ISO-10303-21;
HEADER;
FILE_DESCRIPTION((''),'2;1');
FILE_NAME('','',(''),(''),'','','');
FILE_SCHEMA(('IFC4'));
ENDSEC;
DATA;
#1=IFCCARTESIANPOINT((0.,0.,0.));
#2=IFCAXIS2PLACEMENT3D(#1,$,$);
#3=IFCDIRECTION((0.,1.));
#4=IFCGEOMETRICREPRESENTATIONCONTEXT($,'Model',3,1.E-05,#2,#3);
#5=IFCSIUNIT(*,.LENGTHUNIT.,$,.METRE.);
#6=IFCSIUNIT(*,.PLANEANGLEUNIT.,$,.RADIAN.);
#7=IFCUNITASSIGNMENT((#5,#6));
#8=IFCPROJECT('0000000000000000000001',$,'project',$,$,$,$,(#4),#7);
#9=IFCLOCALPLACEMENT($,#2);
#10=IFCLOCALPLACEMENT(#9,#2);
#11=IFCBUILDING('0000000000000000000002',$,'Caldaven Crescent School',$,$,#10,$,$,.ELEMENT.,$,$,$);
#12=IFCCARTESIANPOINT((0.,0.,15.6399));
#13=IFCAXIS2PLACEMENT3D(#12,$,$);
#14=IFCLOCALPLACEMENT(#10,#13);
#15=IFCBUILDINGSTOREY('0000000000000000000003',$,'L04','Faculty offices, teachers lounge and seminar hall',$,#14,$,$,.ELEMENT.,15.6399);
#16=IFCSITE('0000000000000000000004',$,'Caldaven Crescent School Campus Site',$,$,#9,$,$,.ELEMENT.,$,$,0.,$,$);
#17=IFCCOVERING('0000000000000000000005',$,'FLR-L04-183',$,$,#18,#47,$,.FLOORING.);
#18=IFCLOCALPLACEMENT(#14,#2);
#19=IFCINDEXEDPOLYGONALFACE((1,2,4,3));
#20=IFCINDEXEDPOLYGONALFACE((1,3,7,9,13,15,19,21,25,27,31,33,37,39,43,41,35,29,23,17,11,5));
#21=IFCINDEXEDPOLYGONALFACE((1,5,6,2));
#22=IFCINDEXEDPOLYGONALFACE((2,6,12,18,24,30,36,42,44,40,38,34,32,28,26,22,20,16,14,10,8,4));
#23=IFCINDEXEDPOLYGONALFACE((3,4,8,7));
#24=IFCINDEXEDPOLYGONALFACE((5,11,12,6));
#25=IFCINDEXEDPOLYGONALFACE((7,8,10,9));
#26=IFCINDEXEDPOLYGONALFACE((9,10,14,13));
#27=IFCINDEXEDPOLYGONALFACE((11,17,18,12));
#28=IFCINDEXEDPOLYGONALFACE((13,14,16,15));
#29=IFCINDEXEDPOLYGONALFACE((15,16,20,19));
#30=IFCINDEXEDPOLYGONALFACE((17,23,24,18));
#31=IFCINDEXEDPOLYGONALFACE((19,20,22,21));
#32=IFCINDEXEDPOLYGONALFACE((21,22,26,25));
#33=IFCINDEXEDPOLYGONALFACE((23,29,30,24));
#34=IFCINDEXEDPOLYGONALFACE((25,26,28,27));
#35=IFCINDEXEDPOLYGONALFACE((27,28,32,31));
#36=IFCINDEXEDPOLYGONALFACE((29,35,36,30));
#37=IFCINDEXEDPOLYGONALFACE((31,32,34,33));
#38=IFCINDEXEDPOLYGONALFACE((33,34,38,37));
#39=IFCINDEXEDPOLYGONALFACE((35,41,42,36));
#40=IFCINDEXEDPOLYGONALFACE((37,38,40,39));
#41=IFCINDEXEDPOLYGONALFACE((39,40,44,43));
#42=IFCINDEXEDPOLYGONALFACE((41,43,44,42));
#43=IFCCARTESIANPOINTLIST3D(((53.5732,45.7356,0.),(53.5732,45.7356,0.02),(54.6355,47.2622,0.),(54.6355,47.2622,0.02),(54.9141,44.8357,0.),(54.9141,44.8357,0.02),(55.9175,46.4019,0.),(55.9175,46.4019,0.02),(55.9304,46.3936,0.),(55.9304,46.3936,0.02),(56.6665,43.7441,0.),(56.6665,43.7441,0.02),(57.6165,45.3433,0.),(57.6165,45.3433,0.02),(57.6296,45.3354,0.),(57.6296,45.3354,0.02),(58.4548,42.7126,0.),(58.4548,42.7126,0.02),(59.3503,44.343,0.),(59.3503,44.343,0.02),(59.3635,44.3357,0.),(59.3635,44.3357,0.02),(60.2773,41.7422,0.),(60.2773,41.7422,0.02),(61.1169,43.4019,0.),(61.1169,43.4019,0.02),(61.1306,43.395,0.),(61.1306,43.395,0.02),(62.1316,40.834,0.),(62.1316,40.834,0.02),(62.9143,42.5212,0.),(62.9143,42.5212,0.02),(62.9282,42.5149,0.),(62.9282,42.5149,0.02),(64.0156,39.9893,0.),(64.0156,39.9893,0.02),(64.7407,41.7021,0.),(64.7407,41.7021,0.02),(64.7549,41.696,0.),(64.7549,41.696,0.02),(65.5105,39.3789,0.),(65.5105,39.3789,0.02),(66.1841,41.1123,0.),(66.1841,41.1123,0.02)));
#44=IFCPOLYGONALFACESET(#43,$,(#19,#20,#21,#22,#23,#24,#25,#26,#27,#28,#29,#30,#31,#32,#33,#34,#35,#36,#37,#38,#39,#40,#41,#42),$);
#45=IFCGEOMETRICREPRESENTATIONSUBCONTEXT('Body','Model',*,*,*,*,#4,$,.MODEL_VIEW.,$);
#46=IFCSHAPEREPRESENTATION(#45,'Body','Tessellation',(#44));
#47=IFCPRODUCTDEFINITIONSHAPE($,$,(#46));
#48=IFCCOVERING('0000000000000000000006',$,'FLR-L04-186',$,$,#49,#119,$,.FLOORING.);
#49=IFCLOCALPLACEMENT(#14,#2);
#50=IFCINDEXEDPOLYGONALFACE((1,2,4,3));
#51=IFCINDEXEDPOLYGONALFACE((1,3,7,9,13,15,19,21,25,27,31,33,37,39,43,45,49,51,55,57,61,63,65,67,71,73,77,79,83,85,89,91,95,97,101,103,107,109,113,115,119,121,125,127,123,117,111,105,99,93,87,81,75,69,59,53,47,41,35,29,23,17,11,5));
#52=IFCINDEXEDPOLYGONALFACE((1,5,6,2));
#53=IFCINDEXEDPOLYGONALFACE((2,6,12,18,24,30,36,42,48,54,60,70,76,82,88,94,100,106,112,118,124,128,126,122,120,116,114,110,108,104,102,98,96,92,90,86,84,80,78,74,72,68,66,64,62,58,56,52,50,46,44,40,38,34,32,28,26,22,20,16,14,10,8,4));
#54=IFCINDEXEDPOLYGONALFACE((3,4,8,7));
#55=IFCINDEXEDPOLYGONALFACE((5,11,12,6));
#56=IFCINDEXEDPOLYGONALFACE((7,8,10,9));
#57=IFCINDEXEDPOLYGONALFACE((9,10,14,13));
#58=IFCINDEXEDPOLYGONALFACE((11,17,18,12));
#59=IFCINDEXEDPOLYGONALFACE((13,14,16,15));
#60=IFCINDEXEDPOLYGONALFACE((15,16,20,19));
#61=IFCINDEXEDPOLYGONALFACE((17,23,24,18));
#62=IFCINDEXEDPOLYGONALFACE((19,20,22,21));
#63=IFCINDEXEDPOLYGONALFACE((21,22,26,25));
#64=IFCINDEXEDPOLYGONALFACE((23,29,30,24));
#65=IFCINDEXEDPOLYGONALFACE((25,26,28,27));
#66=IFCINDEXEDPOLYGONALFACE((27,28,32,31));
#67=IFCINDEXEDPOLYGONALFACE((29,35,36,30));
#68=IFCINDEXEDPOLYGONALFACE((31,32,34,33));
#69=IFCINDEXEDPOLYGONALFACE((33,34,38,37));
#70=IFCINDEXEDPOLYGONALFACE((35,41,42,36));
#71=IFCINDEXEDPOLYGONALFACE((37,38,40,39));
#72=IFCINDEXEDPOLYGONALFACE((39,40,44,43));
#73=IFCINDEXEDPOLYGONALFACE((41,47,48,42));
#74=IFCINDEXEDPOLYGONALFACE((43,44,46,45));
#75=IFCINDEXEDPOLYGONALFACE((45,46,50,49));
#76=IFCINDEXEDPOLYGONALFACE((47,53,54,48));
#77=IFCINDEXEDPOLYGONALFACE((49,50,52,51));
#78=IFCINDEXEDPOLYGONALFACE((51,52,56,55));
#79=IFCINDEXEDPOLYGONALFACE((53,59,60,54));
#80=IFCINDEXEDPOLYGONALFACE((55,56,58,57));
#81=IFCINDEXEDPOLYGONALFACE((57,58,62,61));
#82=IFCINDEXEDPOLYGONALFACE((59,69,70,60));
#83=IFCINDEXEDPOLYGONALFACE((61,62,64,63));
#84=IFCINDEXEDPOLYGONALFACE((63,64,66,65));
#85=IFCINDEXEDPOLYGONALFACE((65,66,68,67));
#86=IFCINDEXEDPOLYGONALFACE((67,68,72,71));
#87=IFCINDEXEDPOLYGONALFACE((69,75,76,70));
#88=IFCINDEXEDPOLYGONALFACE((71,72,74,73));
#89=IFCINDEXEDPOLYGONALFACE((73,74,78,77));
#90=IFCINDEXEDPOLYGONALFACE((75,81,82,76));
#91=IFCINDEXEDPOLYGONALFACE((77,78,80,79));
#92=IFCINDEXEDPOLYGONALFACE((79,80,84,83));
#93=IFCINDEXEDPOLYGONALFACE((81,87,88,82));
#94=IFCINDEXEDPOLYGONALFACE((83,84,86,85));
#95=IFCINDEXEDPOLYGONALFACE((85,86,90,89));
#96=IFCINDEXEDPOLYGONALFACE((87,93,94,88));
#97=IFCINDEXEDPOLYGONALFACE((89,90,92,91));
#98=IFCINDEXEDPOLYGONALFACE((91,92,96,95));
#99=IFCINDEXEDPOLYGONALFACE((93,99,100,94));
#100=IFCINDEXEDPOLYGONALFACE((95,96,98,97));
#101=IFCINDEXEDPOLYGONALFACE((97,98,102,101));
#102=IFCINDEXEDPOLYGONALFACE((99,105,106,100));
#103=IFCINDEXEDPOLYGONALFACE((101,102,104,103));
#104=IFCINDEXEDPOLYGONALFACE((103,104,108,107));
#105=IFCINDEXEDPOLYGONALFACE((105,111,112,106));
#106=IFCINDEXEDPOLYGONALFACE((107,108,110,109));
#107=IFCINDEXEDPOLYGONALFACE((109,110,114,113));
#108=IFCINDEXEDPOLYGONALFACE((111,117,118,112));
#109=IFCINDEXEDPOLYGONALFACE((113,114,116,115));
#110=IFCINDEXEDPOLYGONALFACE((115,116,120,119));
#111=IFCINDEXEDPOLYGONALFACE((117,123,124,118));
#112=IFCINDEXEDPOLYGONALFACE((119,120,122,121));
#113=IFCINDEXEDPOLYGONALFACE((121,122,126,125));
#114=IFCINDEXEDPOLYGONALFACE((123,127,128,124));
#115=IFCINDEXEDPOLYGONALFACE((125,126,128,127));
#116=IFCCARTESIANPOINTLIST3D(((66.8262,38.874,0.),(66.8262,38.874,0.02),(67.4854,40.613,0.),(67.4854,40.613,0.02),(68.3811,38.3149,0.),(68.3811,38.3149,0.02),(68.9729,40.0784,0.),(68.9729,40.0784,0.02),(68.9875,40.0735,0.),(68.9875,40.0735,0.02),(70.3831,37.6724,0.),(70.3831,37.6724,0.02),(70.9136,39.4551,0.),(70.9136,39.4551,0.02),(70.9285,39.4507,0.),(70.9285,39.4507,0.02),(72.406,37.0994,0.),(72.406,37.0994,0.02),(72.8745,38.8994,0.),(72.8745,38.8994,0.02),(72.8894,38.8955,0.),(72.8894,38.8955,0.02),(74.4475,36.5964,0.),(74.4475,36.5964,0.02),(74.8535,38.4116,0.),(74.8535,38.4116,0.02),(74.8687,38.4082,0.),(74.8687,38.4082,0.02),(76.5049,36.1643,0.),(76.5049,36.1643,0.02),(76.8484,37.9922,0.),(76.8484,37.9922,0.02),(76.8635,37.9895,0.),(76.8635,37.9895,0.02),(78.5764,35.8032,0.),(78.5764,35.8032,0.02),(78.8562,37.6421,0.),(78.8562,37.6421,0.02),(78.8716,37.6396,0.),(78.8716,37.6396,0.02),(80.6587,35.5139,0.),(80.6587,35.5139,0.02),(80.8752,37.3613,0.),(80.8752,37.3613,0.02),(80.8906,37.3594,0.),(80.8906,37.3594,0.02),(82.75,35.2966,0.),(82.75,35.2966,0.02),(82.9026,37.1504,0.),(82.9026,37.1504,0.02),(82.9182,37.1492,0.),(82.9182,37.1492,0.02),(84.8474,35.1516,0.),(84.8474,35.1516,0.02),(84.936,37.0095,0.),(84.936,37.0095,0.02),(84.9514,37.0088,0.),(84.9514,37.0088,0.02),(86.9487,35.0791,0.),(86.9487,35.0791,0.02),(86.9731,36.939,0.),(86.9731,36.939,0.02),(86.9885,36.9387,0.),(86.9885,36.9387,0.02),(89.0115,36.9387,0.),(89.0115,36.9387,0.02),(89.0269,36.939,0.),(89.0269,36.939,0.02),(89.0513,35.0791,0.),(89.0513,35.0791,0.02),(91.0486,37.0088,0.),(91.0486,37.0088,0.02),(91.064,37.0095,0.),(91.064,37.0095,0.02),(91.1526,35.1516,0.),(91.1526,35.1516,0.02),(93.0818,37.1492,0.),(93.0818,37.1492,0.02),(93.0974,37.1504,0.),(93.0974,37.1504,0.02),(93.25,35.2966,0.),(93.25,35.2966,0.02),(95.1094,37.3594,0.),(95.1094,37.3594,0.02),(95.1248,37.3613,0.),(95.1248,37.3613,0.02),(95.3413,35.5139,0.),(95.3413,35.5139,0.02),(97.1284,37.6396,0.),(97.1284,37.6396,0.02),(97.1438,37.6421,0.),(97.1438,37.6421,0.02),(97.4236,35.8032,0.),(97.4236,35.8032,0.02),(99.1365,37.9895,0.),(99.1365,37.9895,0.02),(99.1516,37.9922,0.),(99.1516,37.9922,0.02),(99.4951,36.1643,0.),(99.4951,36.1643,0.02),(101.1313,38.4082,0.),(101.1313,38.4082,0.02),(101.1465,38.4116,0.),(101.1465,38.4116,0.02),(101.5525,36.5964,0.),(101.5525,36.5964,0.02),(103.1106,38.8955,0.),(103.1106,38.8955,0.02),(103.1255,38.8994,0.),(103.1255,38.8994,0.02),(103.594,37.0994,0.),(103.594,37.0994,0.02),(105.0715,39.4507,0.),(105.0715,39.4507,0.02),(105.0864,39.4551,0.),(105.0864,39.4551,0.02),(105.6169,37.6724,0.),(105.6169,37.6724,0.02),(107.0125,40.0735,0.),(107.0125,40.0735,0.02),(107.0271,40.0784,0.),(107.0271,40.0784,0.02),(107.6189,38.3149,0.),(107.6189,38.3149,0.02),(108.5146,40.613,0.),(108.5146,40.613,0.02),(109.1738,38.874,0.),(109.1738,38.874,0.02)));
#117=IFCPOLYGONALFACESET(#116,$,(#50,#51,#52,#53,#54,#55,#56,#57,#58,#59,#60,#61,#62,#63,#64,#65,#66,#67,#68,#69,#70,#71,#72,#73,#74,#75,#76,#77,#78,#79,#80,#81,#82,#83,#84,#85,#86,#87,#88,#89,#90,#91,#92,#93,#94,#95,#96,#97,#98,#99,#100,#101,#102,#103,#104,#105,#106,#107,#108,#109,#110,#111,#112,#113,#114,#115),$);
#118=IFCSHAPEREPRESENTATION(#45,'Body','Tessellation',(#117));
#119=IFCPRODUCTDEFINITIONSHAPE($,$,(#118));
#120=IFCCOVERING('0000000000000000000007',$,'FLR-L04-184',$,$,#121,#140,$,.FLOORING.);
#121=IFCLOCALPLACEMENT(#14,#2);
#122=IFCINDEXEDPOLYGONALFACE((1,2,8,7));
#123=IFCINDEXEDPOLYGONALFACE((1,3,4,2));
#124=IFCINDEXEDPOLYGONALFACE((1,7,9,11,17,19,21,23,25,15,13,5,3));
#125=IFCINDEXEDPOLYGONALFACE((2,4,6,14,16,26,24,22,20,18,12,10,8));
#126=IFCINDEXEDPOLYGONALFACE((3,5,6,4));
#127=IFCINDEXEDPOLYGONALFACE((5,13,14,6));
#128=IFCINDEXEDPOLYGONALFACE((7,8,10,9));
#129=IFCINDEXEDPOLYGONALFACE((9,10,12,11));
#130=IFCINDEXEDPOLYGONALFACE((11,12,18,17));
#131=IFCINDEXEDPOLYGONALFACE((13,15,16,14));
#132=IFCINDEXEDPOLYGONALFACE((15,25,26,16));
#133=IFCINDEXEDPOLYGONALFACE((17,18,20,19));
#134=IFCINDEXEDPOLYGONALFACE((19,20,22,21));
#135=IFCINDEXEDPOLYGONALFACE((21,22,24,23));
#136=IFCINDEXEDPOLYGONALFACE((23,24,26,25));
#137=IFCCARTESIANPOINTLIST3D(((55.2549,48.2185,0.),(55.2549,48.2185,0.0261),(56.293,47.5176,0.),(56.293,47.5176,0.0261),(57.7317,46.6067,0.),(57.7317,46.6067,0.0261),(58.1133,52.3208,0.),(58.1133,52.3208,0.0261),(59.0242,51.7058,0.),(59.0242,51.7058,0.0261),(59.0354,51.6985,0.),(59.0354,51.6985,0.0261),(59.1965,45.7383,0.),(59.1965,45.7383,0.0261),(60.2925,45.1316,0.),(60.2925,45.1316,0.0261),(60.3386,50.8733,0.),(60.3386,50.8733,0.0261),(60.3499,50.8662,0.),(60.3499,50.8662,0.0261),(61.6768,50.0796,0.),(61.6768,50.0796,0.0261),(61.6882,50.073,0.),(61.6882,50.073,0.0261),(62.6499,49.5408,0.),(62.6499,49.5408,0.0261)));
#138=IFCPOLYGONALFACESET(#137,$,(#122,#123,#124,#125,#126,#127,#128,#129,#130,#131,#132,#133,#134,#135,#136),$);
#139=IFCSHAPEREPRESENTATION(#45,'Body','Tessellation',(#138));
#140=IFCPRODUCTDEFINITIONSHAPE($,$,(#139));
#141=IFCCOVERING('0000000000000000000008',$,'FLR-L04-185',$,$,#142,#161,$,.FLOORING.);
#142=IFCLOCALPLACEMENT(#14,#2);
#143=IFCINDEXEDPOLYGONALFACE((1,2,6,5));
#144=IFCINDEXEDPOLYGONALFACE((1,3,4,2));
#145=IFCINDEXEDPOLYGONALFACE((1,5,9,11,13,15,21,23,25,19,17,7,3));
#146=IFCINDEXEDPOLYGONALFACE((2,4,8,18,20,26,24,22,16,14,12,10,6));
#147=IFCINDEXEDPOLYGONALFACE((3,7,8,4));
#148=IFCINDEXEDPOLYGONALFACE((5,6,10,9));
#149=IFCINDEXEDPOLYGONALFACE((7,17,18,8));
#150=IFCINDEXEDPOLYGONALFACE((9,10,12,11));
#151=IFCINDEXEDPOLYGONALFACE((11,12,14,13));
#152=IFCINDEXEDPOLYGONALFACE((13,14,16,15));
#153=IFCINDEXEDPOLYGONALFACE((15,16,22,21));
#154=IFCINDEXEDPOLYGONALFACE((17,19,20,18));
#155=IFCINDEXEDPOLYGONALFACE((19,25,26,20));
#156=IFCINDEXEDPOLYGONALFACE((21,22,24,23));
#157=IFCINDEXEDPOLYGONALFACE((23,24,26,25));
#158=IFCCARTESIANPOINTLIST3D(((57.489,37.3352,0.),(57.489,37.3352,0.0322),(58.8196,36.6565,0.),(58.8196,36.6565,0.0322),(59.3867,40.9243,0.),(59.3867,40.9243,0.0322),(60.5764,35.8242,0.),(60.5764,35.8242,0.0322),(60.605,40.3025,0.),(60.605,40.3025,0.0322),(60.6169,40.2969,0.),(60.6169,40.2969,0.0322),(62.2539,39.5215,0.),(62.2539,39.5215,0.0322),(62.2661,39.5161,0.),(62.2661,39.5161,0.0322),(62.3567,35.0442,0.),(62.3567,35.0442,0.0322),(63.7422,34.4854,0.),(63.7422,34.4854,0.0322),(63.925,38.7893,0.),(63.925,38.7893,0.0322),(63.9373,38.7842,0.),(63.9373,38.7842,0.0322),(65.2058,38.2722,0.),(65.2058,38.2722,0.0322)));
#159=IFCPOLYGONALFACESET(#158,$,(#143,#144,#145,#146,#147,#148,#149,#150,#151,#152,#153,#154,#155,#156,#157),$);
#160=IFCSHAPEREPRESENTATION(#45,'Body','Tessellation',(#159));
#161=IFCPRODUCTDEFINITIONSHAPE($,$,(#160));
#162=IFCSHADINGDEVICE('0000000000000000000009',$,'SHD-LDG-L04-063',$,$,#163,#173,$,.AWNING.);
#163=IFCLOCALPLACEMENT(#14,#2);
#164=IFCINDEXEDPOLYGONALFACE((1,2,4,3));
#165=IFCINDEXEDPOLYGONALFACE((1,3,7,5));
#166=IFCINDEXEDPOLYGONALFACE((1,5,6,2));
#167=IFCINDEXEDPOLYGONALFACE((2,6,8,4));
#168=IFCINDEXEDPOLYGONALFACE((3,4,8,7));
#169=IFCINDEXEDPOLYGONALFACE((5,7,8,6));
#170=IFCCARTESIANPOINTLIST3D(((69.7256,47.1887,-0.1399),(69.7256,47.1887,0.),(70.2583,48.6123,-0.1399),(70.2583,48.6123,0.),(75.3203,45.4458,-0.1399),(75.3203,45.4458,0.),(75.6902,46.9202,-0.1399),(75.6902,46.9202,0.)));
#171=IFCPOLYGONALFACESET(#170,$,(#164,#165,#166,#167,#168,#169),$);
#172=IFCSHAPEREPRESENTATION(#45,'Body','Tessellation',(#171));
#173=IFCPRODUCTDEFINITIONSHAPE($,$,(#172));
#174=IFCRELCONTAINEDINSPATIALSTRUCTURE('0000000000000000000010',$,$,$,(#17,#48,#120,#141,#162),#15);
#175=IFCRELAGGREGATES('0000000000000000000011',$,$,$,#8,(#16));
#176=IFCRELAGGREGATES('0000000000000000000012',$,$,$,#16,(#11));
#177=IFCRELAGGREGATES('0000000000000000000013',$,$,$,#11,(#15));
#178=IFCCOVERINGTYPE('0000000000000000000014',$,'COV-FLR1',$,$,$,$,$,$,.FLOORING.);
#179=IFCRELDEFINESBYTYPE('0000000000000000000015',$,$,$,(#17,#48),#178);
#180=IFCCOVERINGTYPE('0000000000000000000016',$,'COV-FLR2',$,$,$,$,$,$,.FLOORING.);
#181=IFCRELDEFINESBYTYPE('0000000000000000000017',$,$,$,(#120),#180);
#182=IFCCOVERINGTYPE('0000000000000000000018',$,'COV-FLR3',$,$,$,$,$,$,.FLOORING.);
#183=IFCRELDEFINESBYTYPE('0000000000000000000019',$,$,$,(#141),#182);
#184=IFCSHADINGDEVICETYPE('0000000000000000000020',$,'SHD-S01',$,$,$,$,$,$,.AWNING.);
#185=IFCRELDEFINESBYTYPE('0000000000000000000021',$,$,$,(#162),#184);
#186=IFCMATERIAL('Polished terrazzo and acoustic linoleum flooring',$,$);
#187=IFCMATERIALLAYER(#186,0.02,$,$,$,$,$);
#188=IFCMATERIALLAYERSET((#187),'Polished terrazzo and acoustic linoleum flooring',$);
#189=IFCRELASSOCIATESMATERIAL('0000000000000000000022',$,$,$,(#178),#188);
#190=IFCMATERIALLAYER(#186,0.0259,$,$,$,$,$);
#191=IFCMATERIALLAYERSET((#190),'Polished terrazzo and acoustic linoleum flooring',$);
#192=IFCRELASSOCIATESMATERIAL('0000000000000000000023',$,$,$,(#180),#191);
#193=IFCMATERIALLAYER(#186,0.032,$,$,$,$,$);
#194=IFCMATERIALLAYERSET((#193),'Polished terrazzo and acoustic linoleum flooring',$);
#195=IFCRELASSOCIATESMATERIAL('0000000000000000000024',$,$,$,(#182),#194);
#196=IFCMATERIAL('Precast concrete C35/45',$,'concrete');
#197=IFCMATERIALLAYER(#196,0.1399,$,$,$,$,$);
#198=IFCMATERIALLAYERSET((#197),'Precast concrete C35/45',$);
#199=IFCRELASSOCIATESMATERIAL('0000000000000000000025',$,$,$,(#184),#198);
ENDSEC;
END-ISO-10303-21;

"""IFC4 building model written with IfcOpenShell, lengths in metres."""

from ifc_helpers import new_model, si_unit, direction, frame, origin, place, context, subcontext, project, spatial, polyline, outline, extrude, material, layer, layer_set, type_object, element, save


model = new_model("IFC4")

# Units and contexts
model_context = context("Model", 3, precision=1e-05, world=origin(), true_north=direction((0.0, 1.0)))
body_context = subcontext(model_context, "Body", "Model", "MODEL_VIEW")
ifc_project = project(units=[si_unit("LENGTHUNIT", "METRE"), si_unit("PLANEANGLEUNIT", "RADIAN")], contexts=[model_context])

# Site, building, storey
site_placement = place(None, origin())
site = spatial("IfcSite", under=ifc_project, at=site_placement, Name="Caldaven Crescent School Campus Site", CompositionType="ELEMENT", RefElevation=0.0)
building_placement = place(site_placement, origin())
building = spatial("IfcBuilding", under=site, at=building_placement, Name="Caldaven Crescent School", CompositionType="ELEMENT")
storey_placement = place(building_placement, frame((0.0, 0.0, 15.6399)))
storey = spatial("IfcBuildingStorey", under=building, at=storey_placement, Name="L04", Description="Faculty offices, teachers lounge and seminar hall", CompositionType="ELEMENT", Elevation=15.6399)

# Coverings
ifc_material_1 = material(Name="Polished terrazzo and acoustic linoleum flooring")
ifc_layer_1 = layer(ifc_material_1, 0.02)
ifc_layer_set_1 = layer_set([ifc_layer_1], Name="Polished terrazzo and acoustic linoleum flooring")
covering_type_1 = type_object("IfcCoveringType", Name="COV-FLR1", PredefinedType="FLOORING", material=ifc_layer_set_1)
covering_1_placement = place(storey_placement, origin())
element("IfcCovering", 1, at=covering_1_placement, inside=storey, type_object=covering_type_1, Name="FLR-L04-183", PredefinedType="FLOORING", context=body_context, shape_type="SweptSolid", body=[
    extrude(outline(polyline([(54.6355, 47.2622), (55.9175, 46.4019), (55.9304, 46.3936), (57.6165, 45.3433), (57.6296, 45.3354), (59.3503, 44.343), (59.3635, 44.3357), (61.1169, 43.4019), (61.1306, 43.395), (62.9143, 42.5212), (62.9282, 42.5149), (64.7407, 41.7021), (64.7549, 41.696), (66.1841, 41.1123), (65.5105, 39.3789), (64.0156, 39.9893), (62.1316, 40.834), (60.2773, 41.7422), (58.4548, 42.7126), (56.6665, 43.7441), (54.9141, 44.8357), (53.5732, 45.7356), (54.6355, 47.2622)])), origin(), (0.0, 0.0, 1.0), 0.02),
])
covering_2_placement = place(storey_placement, origin())
element("IfcCovering", 2, at=covering_2_placement, inside=storey, type_object=covering_type_1, Name="FLR-L04-186", PredefinedType="FLOORING", context=body_context, shape_type="SweptSolid", body=[
    extrude(outline(polyline([(67.4854, 40.613), (68.9729, 40.0784), (68.9875, 40.0735), (70.9136, 39.4551), (70.9285, 39.4507), (72.8745, 38.8994), (72.8894, 38.8955), (74.8535, 38.4116), (74.8687, 38.4082), (76.8484, 37.9922), (76.8635, 37.9895), (78.8562, 37.6421), (78.8716, 37.6396), (80.8752, 37.3613), (80.8906, 37.3594), (82.9026, 37.1504), (82.9182, 37.1492), (84.936, 37.0095), (84.9514, 37.0088), (86.9731, 36.939), (86.9885, 36.9387), (89.0115, 36.9387), (89.0269, 36.939), (91.0486, 37.0088), (91.064, 37.0095), (93.0818, 37.1492), (93.0974, 37.1504), (95.1094, 37.3594), (95.1248, 37.3613), (97.1284, 37.6396), (97.1438, 37.6421), (99.1365, 37.9895), (99.1516, 37.9922), (101.1313, 38.4082), (101.1465, 38.4116), (103.1106, 38.8955), (103.1255, 38.8994), (105.0715, 39.4507), (105.0864, 39.4551), (107.0125, 40.0735), (107.0271, 40.0784), (108.5146, 40.613), (109.1738, 38.874), (107.6189, 38.3149), (105.6169, 37.6724), (103.594, 37.0994), (101.5525, 36.5964), (99.4951, 36.1643), (97.4236, 35.8032), (95.3413, 35.5139), (93.25, 35.2966), (91.1526, 35.1516), (89.0513, 35.0791), (86.9487, 35.0791), (84.8474, 35.1516), (82.75, 35.2966), (80.6587, 35.5139), (78.5764, 35.8032), (76.5049, 36.1643), (74.4475, 36.5964), (72.406, 37.0994), (70.3831, 37.6724), (68.3811, 38.3149), (66.8262, 38.874), (67.4854, 40.613)])), origin(), (0.0, 0.0, 1.0), 0.02),
])
ifc_layer_2 = layer(ifc_material_1, 0.0259)
ifc_layer_set_2 = layer_set([ifc_layer_2], Name="Polished terrazzo and acoustic linoleum flooring")
covering_type_2 = type_object("IfcCoveringType", Name="COV-FLR2", PredefinedType="FLOORING", material=ifc_layer_set_2)
covering_3_placement = place(storey_placement, origin())
element("IfcCovering", 3, at=covering_3_placement, inside=storey, type_object=covering_type_2, Name="FLR-L04-184", PredefinedType="FLOORING", context=body_context, shape_type="SweptSolid", body=[
    extrude(outline(polyline([(58.1133, 52.3208), (59.0242, 51.7058), (59.0354, 51.6985), (60.3386, 50.8733), (60.3499, 50.8662), (61.6768, 50.0796), (61.6882, 50.073), (62.6499, 49.5408), (60.2925, 45.1316), (59.1965, 45.7383), (57.7317, 46.6067), (56.293, 47.5176), (55.2549, 48.2185), (58.1133, 52.3208)])), origin(), (0.0, 0.0, 1.0), 0.0261),
])
ifc_layer_3 = layer(ifc_material_1, 0.032)
ifc_layer_set_3 = layer_set([ifc_layer_3], Name="Polished terrazzo and acoustic linoleum flooring")
covering_type_3 = type_object("IfcCoveringType", Name="COV-FLR3", PredefinedType="FLOORING", material=ifc_layer_set_3)
covering_4_placement = place(storey_placement, origin())
element("IfcCovering", 4, at=covering_4_placement, inside=storey, type_object=covering_type_3, Name="FLR-L04-185", PredefinedType="FLOORING", context=body_context, shape_type="SweptSolid", body=[
    extrude(outline(polyline([(59.3867, 40.9243), (60.605, 40.3025), (60.6169, 40.2969), (62.2539, 39.5215), (62.2661, 39.5161), (63.925, 38.7893), (63.9373, 38.7842), (65.2058, 38.2722), (63.7422, 34.4854), (62.3567, 35.0442), (60.5764, 35.8242), (58.8196, 36.6565), (57.489, 37.3352), (59.3867, 40.9243)])), origin(), (0.0, 0.0, 1.0), 0.0322),
])

# Shading device
ifc_material_2 = material(Name="Precast concrete C35/45", Category="concrete")
ifc_layer_4 = layer(ifc_material_2, 0.1399)
ifc_layer_set_4 = layer_set([ifc_layer_4], Name="Precast concrete C35/45")
shading_device_type_1 = type_object("IfcShadingDeviceType", Name="SHD-S01", PredefinedType="AWNING", material=ifc_layer_set_4)
shading_device_1_placement = place(storey_placement, frame((0.0, 0.0, -0.1399)))
element("IfcShadingDevice", 5, at=shading_device_1_placement, inside=storey, type_object=shading_device_type_1, Name="SHD-LDG-L04-063", PredefinedType="AWNING", context=body_context, shape_type="SweptSolid", body=[
    extrude(outline(polyline([(70.2583, 48.6123), (75.6902, 46.9202), (75.3203, 45.4458), (69.7256, 47.1887), (70.2583, 48.6123)])), origin(), (0.0, 0.0, 1.0), 0.1399),
])

save(model, "model.ifc")
